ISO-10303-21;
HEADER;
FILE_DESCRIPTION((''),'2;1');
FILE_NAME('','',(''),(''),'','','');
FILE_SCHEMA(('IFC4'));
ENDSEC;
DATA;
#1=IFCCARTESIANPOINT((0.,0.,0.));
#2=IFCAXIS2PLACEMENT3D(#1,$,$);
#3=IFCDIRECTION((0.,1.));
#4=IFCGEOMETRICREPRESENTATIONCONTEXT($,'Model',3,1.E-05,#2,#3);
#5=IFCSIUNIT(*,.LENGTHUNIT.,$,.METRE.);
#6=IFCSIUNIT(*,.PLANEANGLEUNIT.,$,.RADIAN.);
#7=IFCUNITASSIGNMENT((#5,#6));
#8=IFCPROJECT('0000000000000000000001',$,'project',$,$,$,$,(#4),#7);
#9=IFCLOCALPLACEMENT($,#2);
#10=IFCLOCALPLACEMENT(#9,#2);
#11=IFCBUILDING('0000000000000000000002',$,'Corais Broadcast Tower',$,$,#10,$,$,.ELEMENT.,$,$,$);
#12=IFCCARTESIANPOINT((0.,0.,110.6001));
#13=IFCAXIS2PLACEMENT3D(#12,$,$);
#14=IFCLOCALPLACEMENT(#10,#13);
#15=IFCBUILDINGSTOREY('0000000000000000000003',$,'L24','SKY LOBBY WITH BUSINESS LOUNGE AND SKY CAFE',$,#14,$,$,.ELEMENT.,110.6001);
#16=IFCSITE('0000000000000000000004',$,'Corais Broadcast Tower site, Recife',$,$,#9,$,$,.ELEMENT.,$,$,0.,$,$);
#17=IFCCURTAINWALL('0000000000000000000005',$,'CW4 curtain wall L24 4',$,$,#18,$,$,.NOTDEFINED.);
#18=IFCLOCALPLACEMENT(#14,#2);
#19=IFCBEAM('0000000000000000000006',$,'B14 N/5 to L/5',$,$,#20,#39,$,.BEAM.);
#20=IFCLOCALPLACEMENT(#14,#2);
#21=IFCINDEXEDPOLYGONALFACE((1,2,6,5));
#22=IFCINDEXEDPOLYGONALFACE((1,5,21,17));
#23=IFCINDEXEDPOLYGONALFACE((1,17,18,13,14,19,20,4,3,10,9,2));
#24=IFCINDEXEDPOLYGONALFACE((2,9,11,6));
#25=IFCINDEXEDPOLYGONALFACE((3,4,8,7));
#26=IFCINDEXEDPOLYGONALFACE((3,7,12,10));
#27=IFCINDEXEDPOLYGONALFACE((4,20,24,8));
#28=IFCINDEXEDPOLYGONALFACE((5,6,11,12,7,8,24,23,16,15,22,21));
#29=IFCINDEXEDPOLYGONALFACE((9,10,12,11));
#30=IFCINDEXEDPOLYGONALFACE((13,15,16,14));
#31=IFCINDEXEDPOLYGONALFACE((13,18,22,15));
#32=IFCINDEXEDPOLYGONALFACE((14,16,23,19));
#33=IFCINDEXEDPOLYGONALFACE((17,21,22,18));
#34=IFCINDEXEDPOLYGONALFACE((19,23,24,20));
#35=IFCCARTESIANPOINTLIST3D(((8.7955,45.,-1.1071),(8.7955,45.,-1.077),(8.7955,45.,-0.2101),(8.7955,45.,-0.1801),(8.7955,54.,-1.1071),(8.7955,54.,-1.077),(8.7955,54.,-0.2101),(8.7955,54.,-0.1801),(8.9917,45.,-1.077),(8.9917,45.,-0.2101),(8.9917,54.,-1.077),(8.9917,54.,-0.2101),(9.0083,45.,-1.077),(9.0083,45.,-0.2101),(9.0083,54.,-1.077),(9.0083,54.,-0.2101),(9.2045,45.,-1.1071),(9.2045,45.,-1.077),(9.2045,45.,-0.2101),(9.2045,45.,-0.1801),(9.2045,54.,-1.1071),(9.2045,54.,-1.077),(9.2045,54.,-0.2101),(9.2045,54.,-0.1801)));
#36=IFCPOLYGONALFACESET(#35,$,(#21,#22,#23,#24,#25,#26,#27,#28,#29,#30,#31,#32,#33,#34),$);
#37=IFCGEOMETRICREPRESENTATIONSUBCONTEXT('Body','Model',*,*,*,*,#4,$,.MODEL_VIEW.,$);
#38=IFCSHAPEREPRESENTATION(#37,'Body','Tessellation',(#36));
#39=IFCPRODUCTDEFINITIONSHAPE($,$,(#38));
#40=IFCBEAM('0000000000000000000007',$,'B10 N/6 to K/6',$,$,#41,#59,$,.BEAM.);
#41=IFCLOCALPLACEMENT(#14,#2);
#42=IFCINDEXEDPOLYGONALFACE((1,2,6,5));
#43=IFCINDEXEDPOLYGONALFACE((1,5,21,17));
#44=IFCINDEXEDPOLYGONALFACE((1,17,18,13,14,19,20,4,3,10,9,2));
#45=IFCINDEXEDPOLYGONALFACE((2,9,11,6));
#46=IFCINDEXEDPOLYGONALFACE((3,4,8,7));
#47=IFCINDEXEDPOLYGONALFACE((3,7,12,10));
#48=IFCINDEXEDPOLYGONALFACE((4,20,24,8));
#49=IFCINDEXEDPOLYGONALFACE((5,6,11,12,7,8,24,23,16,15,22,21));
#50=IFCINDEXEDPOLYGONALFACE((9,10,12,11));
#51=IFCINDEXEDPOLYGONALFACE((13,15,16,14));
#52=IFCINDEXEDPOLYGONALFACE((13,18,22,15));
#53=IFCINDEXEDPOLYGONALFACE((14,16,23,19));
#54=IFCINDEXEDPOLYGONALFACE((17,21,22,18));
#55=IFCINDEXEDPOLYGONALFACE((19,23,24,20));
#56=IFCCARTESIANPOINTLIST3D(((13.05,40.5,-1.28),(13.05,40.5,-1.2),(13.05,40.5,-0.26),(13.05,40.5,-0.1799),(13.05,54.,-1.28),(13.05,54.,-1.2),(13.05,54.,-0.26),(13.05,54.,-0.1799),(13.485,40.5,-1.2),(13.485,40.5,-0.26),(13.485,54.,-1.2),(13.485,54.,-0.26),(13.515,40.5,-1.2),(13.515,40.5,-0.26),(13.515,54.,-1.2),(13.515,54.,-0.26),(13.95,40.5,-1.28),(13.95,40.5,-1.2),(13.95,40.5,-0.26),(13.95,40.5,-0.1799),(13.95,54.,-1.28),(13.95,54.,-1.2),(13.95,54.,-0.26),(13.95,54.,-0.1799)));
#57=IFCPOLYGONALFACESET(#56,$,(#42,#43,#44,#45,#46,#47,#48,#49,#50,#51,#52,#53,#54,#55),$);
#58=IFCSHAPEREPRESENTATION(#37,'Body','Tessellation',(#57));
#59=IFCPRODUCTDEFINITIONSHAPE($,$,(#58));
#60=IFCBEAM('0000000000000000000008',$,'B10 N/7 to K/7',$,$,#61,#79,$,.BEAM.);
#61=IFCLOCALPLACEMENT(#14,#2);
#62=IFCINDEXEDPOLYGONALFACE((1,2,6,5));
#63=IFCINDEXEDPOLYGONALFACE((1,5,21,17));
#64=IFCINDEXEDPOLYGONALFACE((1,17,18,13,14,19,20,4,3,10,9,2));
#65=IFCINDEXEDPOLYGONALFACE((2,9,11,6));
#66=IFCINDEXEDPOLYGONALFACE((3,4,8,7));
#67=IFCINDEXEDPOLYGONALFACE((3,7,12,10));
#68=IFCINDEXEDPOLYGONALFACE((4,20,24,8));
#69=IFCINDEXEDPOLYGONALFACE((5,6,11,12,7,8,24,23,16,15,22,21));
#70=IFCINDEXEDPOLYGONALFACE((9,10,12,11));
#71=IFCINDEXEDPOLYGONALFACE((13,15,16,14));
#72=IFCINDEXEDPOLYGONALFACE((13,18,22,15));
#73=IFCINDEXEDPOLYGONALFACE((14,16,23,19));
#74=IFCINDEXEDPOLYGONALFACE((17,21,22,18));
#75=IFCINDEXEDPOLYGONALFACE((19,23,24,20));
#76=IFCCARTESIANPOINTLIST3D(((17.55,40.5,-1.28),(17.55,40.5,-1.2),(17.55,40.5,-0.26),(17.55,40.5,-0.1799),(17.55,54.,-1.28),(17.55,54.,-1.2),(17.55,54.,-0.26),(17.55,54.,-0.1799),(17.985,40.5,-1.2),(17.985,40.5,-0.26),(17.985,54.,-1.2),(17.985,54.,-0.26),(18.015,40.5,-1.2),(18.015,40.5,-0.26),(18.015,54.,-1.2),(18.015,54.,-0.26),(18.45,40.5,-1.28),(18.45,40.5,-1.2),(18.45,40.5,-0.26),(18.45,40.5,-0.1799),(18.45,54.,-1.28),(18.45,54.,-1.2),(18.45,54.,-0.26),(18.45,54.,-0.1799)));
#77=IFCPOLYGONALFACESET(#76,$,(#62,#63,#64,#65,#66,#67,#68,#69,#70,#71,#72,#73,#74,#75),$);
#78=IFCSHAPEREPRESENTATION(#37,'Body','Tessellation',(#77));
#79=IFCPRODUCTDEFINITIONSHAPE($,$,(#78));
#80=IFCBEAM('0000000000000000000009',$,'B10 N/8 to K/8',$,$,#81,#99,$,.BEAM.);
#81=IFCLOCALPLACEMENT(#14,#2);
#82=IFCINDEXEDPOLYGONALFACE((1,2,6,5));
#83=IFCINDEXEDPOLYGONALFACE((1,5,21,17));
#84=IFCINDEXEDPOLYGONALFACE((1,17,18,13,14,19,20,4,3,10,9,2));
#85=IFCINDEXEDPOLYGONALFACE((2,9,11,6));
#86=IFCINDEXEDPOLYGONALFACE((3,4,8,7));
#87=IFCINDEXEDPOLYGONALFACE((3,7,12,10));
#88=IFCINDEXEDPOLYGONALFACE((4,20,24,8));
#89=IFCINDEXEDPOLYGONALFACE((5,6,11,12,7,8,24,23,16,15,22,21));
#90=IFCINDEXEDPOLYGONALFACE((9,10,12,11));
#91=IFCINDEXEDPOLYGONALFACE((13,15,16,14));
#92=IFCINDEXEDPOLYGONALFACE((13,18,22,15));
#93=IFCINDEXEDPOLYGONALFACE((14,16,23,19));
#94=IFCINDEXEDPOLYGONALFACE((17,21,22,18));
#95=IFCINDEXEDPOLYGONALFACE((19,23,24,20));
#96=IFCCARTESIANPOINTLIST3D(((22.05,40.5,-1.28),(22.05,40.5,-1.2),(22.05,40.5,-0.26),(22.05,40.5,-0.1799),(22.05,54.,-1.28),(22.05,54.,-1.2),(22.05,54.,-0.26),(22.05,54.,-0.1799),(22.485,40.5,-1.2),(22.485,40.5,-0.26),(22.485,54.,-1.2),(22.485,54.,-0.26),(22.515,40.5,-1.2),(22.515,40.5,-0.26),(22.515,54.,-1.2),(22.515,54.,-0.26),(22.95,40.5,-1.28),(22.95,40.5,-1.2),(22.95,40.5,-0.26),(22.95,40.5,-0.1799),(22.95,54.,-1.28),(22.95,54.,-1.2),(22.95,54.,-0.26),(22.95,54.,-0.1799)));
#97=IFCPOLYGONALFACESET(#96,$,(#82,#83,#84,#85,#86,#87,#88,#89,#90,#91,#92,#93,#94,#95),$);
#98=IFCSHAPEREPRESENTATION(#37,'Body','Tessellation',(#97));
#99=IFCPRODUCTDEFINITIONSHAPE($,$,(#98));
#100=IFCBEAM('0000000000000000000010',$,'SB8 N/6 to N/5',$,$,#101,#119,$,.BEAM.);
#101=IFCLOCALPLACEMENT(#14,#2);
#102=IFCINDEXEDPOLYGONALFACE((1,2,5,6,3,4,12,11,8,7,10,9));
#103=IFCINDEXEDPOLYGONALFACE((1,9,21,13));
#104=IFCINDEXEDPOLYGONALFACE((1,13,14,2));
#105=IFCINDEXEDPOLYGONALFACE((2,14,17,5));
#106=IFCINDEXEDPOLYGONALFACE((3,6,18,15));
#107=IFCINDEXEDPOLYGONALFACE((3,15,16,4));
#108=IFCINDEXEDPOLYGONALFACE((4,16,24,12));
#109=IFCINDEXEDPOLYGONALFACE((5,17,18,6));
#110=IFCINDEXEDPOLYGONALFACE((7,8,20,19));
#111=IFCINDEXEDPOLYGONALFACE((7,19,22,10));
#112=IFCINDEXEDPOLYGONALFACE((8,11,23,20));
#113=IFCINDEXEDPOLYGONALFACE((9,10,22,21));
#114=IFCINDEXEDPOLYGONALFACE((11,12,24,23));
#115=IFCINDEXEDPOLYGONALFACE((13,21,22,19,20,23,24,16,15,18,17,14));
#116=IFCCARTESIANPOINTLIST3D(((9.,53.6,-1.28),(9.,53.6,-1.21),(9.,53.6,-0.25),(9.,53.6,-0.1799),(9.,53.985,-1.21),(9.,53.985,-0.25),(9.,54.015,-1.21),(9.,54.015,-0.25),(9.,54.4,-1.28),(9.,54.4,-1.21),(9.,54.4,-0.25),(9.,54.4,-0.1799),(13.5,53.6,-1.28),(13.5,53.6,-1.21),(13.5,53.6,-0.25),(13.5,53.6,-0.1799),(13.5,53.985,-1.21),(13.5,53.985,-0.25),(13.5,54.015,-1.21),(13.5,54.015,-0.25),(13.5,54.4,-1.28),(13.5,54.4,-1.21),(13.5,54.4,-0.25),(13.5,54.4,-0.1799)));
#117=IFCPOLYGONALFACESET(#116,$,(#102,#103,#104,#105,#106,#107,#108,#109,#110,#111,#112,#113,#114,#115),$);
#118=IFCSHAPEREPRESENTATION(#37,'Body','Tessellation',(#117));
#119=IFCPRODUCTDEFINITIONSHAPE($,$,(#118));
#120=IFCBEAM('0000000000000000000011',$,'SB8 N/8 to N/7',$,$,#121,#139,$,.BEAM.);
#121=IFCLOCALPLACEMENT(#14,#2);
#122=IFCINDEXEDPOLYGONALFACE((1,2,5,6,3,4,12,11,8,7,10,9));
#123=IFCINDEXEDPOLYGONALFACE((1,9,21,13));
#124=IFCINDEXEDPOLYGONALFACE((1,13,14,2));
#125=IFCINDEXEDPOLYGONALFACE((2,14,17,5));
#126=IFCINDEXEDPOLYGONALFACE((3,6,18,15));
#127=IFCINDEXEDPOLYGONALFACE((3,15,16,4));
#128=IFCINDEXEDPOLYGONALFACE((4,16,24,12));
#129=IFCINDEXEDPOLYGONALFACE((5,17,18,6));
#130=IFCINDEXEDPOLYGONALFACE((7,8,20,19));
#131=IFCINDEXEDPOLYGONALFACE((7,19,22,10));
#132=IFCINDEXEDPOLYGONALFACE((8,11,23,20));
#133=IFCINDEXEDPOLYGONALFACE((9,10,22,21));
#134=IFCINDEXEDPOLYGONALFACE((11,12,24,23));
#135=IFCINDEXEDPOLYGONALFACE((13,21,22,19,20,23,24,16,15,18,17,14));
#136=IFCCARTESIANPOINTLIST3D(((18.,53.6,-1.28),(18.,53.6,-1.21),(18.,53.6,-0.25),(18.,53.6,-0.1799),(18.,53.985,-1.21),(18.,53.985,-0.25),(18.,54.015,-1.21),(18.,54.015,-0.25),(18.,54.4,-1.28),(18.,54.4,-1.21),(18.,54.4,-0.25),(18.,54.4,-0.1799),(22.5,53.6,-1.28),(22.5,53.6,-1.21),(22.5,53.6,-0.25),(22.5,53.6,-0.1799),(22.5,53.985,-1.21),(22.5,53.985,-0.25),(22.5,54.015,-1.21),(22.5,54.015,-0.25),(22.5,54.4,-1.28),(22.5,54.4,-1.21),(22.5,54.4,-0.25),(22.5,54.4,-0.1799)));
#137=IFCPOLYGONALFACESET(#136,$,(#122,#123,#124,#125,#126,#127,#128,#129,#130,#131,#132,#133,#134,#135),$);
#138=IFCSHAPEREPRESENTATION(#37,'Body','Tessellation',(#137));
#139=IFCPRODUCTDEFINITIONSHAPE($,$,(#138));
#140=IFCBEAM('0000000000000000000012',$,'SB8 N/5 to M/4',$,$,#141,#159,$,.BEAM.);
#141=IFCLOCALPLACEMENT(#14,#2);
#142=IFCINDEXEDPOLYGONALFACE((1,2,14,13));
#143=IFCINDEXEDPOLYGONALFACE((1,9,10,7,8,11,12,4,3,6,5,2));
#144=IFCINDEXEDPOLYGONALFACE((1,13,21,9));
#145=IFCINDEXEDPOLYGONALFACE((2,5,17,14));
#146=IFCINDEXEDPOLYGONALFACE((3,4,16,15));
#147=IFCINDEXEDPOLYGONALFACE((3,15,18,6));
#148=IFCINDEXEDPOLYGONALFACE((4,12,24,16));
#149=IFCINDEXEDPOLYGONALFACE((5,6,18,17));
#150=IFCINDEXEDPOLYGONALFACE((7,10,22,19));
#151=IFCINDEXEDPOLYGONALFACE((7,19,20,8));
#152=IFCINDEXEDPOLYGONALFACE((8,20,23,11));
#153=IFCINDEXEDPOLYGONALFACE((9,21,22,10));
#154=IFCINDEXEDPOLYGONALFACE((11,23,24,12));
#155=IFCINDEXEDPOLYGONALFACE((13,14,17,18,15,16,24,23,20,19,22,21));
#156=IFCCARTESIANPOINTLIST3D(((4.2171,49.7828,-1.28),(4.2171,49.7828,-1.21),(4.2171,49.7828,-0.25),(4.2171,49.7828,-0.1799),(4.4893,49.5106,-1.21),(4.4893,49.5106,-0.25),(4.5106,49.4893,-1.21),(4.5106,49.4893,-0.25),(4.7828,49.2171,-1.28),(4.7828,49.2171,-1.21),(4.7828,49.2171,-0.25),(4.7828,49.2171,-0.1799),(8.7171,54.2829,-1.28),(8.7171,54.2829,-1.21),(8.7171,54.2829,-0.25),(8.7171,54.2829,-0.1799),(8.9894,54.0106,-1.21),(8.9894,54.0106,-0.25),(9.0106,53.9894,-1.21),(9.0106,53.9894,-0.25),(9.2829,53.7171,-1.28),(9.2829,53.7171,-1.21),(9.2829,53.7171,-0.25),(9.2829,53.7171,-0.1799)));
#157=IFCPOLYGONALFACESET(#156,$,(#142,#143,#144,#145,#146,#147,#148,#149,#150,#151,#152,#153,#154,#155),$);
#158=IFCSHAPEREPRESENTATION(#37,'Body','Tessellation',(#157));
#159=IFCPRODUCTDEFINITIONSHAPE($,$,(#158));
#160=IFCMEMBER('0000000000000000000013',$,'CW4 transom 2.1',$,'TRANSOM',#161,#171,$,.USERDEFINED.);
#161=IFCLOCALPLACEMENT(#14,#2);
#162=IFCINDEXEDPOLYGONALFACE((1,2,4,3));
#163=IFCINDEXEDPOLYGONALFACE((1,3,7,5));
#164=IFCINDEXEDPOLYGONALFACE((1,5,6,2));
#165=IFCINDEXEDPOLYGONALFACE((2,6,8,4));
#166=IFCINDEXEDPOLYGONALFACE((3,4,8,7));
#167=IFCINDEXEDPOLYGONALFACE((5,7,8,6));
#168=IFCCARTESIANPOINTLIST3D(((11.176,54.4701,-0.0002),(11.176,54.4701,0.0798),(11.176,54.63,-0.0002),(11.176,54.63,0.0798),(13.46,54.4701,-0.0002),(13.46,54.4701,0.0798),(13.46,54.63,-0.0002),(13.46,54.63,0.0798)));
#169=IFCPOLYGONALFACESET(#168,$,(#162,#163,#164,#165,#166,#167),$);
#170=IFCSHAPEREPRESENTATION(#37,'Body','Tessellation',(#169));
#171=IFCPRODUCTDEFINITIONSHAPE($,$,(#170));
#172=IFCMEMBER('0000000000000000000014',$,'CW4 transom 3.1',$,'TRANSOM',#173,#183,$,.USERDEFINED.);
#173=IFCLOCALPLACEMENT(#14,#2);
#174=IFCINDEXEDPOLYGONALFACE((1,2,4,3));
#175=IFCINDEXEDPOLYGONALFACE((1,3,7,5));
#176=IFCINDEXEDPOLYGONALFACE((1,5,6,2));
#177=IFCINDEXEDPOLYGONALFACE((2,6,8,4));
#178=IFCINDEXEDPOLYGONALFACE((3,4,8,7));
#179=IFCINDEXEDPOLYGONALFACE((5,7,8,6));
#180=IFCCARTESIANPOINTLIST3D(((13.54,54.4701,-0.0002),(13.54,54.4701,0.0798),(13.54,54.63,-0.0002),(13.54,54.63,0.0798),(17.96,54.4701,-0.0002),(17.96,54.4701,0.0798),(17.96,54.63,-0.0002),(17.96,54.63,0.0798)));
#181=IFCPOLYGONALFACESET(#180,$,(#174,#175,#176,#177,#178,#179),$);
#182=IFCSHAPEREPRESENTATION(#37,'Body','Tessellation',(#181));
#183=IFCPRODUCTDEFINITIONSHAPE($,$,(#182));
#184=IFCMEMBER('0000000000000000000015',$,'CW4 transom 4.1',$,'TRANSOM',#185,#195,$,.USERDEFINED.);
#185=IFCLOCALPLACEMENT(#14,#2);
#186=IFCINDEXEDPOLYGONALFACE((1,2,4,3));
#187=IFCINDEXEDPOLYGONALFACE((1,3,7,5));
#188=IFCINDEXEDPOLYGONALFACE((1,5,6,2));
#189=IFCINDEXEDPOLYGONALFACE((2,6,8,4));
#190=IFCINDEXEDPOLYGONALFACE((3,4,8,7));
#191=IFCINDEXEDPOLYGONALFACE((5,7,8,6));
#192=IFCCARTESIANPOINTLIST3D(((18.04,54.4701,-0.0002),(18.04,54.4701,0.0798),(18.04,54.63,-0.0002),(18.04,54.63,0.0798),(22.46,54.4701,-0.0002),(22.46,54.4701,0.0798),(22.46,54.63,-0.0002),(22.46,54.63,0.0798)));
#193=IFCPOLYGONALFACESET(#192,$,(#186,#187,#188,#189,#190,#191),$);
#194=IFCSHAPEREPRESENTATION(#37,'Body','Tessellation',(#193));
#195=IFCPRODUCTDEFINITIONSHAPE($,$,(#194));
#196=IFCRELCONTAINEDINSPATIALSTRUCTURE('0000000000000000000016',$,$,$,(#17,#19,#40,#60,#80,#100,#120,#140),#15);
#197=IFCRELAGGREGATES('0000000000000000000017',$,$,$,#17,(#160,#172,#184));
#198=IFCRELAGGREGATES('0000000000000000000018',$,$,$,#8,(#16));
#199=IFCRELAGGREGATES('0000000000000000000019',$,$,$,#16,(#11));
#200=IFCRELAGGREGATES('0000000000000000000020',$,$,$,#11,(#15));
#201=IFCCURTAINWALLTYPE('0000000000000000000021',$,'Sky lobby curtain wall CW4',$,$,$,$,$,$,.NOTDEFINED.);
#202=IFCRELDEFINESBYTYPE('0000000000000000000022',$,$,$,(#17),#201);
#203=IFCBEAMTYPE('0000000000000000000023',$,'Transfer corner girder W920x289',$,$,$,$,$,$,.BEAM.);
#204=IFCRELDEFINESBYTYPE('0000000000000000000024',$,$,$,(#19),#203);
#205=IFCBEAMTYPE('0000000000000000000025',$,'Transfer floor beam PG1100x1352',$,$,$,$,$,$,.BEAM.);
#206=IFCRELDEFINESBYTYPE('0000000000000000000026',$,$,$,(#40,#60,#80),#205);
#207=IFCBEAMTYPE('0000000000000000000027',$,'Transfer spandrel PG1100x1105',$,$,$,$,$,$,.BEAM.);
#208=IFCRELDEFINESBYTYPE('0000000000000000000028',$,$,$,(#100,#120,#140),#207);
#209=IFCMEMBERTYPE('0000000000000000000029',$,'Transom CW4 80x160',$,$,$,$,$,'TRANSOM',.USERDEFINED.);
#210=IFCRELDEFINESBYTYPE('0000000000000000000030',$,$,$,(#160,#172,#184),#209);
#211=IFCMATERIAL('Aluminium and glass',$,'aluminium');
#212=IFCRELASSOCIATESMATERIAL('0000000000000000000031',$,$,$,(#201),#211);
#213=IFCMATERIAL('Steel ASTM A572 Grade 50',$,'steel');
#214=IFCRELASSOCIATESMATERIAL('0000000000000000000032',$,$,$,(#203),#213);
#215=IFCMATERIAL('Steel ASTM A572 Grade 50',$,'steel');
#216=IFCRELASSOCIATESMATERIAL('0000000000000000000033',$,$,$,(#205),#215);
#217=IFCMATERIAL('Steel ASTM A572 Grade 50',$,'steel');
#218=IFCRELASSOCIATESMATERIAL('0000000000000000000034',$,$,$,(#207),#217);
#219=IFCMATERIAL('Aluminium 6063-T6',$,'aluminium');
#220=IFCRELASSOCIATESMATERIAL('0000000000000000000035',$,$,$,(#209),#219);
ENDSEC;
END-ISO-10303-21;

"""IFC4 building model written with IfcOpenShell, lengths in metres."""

from ifc_helpers import new_model, si_unit, direction, frame, origin, origin_2d, place, context, subcontext, project, spatial, rectangle, i_section, extrude, material, material_profile, profile_set, type_object, element, aggregate, save


model = new_model("IFC4")

# Units and contexts
model_context = context("Model", 3, precision=1e-05, world=origin(), true_north=direction((0.0, 1.0)))
body_context = subcontext(model_context, "Body", "Model", "MODEL_VIEW")
ifc_project = project(units=[si_unit("LENGTHUNIT", "METRE"), si_unit("PLANEANGLEUNIT", "RADIAN")], contexts=[model_context])

# Site, building, storey
site_placement = place(None, origin())
site = spatial("IfcSite", under=ifc_project, at=site_placement, Name="Corais Broadcast Tower site, Recife", CompositionType="ELEMENT", RefElevation=0.0)
building_placement = place(site_placement, origin())
building = spatial("IfcBuilding", under=site, at=building_placement, Name="Corais Broadcast Tower", CompositionType="ELEMENT")
storey_placement = place(building_placement, frame((0.0, 0.0, 110.6001)))
storey = spatial("IfcBuildingStorey", under=building, at=storey_placement, Name="L24", Description="SKY LOBBY WITH BUSINESS LOUNGE AND SKY CAFE", CompositionType="ELEMENT", Elevation=110.6001)

# Curtain wall
ifc_material_1 = material(Name="Aluminium and glass", Category="aluminium")
curtain_wall_type = type_object("IfcCurtainWallType", Name="Sky lobby curtain wall CW4", PredefinedType="NOTDEFINED", material=ifc_material_1)
curtain_wall_placement = place(storey_placement, origin())
curtain_wall = element("IfcCurtainWall", 1, at=curtain_wall_placement, inside=storey, type_object=curtain_wall_type, Name="CW4 curtain wall L24 4", PredefinedType="NOTDEFINED")

# Beams
ifc_material_2 = material(Name="Steel ASTM A572 Grade 50", Category="steel")
ifc_material_profile_1 = material_profile(ifc_material_2, i_section(OverallWidth=0.4089, OverallDepth=0.927, WebThickness=0.0166, FlangeThickness=0.03, at=origin_2d()), Name="W920x289")
ifc_profile_set_1 = profile_set([ifc_material_profile_1], Name="Steel ASTM A572 Grade 50")
beam_type_1 = type_object("IfcBeamType", Name="Transfer corner girder W920x289", PredefinedType="BEAM", material=ifc_profile_set_1)
beam_1_placement = place(storey_placement, frame((9.0, 54.0, -0.6436), z_axis=(0.0, -1.0, 0.0), x_axis=(1.0, 0.0, 0.0)))
element("IfcBeam", 2, at=beam_1_placement, inside=storey, type_object=beam_type_1, Name="B14 N/5 to L/5", PredefinedType="BEAM", context=body_context, shape_type="SweptSolid", body=[
    extrude(i_section(OverallWidth=0.4089, OverallDepth=0.927, WebThickness=0.0166, FlangeThickness=0.03, at=origin_2d()), origin(), (0.0, 0.0, 1.0), 9.0),
])
ifc_material_3 = material(Name="Steel ASTM A572 Grade 50", Category="steel")
ifc_material_profile_2 = material_profile(ifc_material_3, i_section(OverallWidth=0.8999, OverallDepth=1.1001, WebThickness=0.03, FlangeThickness=0.0801, at=origin_2d()), Name="PG1100x1352")
ifc_profile_set_2 = profile_set([ifc_material_profile_2], Name="Steel ASTM A572 Grade 50")
beam_type_2 = type_object("IfcBeamType", Name="Transfer floor beam PG1100x1352", PredefinedType="BEAM", material=ifc_profile_set_2)
for number, where, z_axis, x_axis, name in (
    (3, (13.5, 54.0, -0.73), (0.0, -1.0, 0.0), (1.0, 0.0, 0.0), "B10 N/6 to K/6"),
    (4, (18.0, 54.0, -0.73), (0.0, -1.0, 0.0), (1.0, 0.0, 0.0), "B10 N/7 to K/7"),
    (5, (22.5, 54.0, -0.73), (0.0, -1.0, 0.0), (1.0, 0.0, 0.0), "B10 N/8 to K/8"),
):
    element("IfcBeam", number, at=place(storey_placement, frame(where, z_axis=z_axis, x_axis=x_axis)), inside=storey, type_object=beam_type_2, Name=name, PredefinedType="BEAM", context=body_context, shape_type="SweptSolid", body=[
        extrude(i_section(OverallWidth=0.8999, OverallDepth=1.1001, WebThickness=0.03, FlangeThickness=0.0801, at=origin_2d()), origin(), (0.0, 0.0, 1.0), 13.5),
    ])
ifc_material_4 = material(Name="Steel ASTM A572 Grade 50", Category="steel")
ifc_material_profile_3 = material_profile(ifc_material_4, i_section(OverallWidth=0.8, OverallDepth=1.1001, WebThickness=0.03, FlangeThickness=0.0701, at=origin_2d()), Name="PG1100x1105")
ifc_profile_set_3 = profile_set([ifc_material_profile_3], Name="Steel ASTM A572 Grade 50")
beam_type_3 = type_object("IfcBeamType", Name="Transfer spandrel PG1100x1105", PredefinedType="BEAM", material=ifc_profile_set_3)
for number, where, z_axis, x_axis, name in (
    (6, (13.5, 54.0, -0.73), (-1.0, 0.0, 0.0), (0.0, -1.0, 0.0), "SB8 N/6 to N/5"),
    (7, (22.5, 54.0, -0.73), (-1.0, 0.0, 0.0), (0.0, -1.0, 0.0), "SB8 N/8 to N/7"),
):
    element("IfcBeam", number, at=place(storey_placement, frame(where, z_axis=z_axis, x_axis=x_axis)), inside=storey, type_object=beam_type_3, Name=name, PredefinedType="BEAM", context=body_context, shape_type="SweptSolid", body=[
        extrude(i_section(OverallWidth=0.8, OverallDepth=1.1001, WebThickness=0.03, FlangeThickness=0.0701, at=origin_2d()), origin(), (0.0, 0.0, 1.0), 4.5),
    ])
beam_2_placement = place(storey_placement, frame((9.0, 54.0, -0.73), z_axis=(-0.707107, -0.707107, 0.0), x_axis=(0.707107, -0.707107, 0.0)))
element("IfcBeam", 8, at=beam_2_placement, inside=storey, type_object=beam_type_3, Name="SB8 N/5 to M/4", PredefinedType="BEAM", context=body_context, shape_type="SweptSolid", body=[
    extrude(i_section(OverallWidth=0.8, OverallDepth=1.1001, WebThickness=0.03, FlangeThickness=0.0701, at=origin_2d()), origin(), (0.0, 0.0, 1.0), 6.364),
])

# Members
ifc_material_5 = material(Name="Aluminium 6063-T6", Category="aluminium")
ifc_material_profile_4 = material_profile(ifc_material_5, rectangle(XDim=0.1599, YDim=0.0801, at=origin_2d()), Name="Transom CW4 80x160")
ifc_profile_set_4 = profile_set([ifc_material_profile_4], Name="Aluminium 6063-T6")
member_type_1 = type_object("IfcMemberType", Name="Transom CW4 80x160", ElementType="TRANSOM", PredefinedType="USERDEFINED", material=ifc_profile_set_4)
member_1_placement = place(storey_placement, frame((11.176, 54.55, 0.0398), z_axis=(1.0, 0.0, 0.0), x_axis=(0.0, 1.0, 0.0)))
member_1 = element("IfcMember", 9, at=member_1_placement, type_object=member_type_1, Name="CW4 transom 2.1", ObjectType="TRANSOM", PredefinedType="USERDEFINED", context=body_context, shape_type="SweptSolid", body=[
    extrude(rectangle(XDim=0.1599, YDim=0.0801, at=origin_2d()), origin(), (0.0, 0.0, 1.0), 2.2839),
])
member_2_placement = place(storey_placement, frame((13.54, 54.55, 0.0398), z_axis=(1.0, 0.0, 0.0), x_axis=(0.0, 1.0, 0.0)))
member_2 = element("IfcMember", 10, at=member_2_placement, type_object=member_type_1, Name="CW4 transom 3.1", ObjectType="TRANSOM", PredefinedType="USERDEFINED", context=body_context, shape_type="SweptSolid", body=[
    extrude(rectangle(XDim=0.1599, YDim=0.0801, at=origin_2d()), origin(), (0.0, 0.0, 1.0), 4.4199),
])
member_3_placement = place(storey_placement, frame((18.04, 54.55, 0.0398), z_axis=(1.0, 0.0, 0.0), x_axis=(0.0, 1.0, 0.0)))
member_3 = element("IfcMember", 11, at=member_3_placement, type_object=member_type_1, Name="CW4 transom 4.1", ObjectType="TRANSOM", PredefinedType="USERDEFINED", context=body_context, shape_type="SweptSolid", body=[
    extrude(rectangle(XDim=0.1599, YDim=0.0801, at=origin_2d()), origin(), (0.0, 0.0, 1.0), 4.4199),
])

aggregate(curtain_wall, [member_1, member_2, member_3])

save(model, "model.ifc")
